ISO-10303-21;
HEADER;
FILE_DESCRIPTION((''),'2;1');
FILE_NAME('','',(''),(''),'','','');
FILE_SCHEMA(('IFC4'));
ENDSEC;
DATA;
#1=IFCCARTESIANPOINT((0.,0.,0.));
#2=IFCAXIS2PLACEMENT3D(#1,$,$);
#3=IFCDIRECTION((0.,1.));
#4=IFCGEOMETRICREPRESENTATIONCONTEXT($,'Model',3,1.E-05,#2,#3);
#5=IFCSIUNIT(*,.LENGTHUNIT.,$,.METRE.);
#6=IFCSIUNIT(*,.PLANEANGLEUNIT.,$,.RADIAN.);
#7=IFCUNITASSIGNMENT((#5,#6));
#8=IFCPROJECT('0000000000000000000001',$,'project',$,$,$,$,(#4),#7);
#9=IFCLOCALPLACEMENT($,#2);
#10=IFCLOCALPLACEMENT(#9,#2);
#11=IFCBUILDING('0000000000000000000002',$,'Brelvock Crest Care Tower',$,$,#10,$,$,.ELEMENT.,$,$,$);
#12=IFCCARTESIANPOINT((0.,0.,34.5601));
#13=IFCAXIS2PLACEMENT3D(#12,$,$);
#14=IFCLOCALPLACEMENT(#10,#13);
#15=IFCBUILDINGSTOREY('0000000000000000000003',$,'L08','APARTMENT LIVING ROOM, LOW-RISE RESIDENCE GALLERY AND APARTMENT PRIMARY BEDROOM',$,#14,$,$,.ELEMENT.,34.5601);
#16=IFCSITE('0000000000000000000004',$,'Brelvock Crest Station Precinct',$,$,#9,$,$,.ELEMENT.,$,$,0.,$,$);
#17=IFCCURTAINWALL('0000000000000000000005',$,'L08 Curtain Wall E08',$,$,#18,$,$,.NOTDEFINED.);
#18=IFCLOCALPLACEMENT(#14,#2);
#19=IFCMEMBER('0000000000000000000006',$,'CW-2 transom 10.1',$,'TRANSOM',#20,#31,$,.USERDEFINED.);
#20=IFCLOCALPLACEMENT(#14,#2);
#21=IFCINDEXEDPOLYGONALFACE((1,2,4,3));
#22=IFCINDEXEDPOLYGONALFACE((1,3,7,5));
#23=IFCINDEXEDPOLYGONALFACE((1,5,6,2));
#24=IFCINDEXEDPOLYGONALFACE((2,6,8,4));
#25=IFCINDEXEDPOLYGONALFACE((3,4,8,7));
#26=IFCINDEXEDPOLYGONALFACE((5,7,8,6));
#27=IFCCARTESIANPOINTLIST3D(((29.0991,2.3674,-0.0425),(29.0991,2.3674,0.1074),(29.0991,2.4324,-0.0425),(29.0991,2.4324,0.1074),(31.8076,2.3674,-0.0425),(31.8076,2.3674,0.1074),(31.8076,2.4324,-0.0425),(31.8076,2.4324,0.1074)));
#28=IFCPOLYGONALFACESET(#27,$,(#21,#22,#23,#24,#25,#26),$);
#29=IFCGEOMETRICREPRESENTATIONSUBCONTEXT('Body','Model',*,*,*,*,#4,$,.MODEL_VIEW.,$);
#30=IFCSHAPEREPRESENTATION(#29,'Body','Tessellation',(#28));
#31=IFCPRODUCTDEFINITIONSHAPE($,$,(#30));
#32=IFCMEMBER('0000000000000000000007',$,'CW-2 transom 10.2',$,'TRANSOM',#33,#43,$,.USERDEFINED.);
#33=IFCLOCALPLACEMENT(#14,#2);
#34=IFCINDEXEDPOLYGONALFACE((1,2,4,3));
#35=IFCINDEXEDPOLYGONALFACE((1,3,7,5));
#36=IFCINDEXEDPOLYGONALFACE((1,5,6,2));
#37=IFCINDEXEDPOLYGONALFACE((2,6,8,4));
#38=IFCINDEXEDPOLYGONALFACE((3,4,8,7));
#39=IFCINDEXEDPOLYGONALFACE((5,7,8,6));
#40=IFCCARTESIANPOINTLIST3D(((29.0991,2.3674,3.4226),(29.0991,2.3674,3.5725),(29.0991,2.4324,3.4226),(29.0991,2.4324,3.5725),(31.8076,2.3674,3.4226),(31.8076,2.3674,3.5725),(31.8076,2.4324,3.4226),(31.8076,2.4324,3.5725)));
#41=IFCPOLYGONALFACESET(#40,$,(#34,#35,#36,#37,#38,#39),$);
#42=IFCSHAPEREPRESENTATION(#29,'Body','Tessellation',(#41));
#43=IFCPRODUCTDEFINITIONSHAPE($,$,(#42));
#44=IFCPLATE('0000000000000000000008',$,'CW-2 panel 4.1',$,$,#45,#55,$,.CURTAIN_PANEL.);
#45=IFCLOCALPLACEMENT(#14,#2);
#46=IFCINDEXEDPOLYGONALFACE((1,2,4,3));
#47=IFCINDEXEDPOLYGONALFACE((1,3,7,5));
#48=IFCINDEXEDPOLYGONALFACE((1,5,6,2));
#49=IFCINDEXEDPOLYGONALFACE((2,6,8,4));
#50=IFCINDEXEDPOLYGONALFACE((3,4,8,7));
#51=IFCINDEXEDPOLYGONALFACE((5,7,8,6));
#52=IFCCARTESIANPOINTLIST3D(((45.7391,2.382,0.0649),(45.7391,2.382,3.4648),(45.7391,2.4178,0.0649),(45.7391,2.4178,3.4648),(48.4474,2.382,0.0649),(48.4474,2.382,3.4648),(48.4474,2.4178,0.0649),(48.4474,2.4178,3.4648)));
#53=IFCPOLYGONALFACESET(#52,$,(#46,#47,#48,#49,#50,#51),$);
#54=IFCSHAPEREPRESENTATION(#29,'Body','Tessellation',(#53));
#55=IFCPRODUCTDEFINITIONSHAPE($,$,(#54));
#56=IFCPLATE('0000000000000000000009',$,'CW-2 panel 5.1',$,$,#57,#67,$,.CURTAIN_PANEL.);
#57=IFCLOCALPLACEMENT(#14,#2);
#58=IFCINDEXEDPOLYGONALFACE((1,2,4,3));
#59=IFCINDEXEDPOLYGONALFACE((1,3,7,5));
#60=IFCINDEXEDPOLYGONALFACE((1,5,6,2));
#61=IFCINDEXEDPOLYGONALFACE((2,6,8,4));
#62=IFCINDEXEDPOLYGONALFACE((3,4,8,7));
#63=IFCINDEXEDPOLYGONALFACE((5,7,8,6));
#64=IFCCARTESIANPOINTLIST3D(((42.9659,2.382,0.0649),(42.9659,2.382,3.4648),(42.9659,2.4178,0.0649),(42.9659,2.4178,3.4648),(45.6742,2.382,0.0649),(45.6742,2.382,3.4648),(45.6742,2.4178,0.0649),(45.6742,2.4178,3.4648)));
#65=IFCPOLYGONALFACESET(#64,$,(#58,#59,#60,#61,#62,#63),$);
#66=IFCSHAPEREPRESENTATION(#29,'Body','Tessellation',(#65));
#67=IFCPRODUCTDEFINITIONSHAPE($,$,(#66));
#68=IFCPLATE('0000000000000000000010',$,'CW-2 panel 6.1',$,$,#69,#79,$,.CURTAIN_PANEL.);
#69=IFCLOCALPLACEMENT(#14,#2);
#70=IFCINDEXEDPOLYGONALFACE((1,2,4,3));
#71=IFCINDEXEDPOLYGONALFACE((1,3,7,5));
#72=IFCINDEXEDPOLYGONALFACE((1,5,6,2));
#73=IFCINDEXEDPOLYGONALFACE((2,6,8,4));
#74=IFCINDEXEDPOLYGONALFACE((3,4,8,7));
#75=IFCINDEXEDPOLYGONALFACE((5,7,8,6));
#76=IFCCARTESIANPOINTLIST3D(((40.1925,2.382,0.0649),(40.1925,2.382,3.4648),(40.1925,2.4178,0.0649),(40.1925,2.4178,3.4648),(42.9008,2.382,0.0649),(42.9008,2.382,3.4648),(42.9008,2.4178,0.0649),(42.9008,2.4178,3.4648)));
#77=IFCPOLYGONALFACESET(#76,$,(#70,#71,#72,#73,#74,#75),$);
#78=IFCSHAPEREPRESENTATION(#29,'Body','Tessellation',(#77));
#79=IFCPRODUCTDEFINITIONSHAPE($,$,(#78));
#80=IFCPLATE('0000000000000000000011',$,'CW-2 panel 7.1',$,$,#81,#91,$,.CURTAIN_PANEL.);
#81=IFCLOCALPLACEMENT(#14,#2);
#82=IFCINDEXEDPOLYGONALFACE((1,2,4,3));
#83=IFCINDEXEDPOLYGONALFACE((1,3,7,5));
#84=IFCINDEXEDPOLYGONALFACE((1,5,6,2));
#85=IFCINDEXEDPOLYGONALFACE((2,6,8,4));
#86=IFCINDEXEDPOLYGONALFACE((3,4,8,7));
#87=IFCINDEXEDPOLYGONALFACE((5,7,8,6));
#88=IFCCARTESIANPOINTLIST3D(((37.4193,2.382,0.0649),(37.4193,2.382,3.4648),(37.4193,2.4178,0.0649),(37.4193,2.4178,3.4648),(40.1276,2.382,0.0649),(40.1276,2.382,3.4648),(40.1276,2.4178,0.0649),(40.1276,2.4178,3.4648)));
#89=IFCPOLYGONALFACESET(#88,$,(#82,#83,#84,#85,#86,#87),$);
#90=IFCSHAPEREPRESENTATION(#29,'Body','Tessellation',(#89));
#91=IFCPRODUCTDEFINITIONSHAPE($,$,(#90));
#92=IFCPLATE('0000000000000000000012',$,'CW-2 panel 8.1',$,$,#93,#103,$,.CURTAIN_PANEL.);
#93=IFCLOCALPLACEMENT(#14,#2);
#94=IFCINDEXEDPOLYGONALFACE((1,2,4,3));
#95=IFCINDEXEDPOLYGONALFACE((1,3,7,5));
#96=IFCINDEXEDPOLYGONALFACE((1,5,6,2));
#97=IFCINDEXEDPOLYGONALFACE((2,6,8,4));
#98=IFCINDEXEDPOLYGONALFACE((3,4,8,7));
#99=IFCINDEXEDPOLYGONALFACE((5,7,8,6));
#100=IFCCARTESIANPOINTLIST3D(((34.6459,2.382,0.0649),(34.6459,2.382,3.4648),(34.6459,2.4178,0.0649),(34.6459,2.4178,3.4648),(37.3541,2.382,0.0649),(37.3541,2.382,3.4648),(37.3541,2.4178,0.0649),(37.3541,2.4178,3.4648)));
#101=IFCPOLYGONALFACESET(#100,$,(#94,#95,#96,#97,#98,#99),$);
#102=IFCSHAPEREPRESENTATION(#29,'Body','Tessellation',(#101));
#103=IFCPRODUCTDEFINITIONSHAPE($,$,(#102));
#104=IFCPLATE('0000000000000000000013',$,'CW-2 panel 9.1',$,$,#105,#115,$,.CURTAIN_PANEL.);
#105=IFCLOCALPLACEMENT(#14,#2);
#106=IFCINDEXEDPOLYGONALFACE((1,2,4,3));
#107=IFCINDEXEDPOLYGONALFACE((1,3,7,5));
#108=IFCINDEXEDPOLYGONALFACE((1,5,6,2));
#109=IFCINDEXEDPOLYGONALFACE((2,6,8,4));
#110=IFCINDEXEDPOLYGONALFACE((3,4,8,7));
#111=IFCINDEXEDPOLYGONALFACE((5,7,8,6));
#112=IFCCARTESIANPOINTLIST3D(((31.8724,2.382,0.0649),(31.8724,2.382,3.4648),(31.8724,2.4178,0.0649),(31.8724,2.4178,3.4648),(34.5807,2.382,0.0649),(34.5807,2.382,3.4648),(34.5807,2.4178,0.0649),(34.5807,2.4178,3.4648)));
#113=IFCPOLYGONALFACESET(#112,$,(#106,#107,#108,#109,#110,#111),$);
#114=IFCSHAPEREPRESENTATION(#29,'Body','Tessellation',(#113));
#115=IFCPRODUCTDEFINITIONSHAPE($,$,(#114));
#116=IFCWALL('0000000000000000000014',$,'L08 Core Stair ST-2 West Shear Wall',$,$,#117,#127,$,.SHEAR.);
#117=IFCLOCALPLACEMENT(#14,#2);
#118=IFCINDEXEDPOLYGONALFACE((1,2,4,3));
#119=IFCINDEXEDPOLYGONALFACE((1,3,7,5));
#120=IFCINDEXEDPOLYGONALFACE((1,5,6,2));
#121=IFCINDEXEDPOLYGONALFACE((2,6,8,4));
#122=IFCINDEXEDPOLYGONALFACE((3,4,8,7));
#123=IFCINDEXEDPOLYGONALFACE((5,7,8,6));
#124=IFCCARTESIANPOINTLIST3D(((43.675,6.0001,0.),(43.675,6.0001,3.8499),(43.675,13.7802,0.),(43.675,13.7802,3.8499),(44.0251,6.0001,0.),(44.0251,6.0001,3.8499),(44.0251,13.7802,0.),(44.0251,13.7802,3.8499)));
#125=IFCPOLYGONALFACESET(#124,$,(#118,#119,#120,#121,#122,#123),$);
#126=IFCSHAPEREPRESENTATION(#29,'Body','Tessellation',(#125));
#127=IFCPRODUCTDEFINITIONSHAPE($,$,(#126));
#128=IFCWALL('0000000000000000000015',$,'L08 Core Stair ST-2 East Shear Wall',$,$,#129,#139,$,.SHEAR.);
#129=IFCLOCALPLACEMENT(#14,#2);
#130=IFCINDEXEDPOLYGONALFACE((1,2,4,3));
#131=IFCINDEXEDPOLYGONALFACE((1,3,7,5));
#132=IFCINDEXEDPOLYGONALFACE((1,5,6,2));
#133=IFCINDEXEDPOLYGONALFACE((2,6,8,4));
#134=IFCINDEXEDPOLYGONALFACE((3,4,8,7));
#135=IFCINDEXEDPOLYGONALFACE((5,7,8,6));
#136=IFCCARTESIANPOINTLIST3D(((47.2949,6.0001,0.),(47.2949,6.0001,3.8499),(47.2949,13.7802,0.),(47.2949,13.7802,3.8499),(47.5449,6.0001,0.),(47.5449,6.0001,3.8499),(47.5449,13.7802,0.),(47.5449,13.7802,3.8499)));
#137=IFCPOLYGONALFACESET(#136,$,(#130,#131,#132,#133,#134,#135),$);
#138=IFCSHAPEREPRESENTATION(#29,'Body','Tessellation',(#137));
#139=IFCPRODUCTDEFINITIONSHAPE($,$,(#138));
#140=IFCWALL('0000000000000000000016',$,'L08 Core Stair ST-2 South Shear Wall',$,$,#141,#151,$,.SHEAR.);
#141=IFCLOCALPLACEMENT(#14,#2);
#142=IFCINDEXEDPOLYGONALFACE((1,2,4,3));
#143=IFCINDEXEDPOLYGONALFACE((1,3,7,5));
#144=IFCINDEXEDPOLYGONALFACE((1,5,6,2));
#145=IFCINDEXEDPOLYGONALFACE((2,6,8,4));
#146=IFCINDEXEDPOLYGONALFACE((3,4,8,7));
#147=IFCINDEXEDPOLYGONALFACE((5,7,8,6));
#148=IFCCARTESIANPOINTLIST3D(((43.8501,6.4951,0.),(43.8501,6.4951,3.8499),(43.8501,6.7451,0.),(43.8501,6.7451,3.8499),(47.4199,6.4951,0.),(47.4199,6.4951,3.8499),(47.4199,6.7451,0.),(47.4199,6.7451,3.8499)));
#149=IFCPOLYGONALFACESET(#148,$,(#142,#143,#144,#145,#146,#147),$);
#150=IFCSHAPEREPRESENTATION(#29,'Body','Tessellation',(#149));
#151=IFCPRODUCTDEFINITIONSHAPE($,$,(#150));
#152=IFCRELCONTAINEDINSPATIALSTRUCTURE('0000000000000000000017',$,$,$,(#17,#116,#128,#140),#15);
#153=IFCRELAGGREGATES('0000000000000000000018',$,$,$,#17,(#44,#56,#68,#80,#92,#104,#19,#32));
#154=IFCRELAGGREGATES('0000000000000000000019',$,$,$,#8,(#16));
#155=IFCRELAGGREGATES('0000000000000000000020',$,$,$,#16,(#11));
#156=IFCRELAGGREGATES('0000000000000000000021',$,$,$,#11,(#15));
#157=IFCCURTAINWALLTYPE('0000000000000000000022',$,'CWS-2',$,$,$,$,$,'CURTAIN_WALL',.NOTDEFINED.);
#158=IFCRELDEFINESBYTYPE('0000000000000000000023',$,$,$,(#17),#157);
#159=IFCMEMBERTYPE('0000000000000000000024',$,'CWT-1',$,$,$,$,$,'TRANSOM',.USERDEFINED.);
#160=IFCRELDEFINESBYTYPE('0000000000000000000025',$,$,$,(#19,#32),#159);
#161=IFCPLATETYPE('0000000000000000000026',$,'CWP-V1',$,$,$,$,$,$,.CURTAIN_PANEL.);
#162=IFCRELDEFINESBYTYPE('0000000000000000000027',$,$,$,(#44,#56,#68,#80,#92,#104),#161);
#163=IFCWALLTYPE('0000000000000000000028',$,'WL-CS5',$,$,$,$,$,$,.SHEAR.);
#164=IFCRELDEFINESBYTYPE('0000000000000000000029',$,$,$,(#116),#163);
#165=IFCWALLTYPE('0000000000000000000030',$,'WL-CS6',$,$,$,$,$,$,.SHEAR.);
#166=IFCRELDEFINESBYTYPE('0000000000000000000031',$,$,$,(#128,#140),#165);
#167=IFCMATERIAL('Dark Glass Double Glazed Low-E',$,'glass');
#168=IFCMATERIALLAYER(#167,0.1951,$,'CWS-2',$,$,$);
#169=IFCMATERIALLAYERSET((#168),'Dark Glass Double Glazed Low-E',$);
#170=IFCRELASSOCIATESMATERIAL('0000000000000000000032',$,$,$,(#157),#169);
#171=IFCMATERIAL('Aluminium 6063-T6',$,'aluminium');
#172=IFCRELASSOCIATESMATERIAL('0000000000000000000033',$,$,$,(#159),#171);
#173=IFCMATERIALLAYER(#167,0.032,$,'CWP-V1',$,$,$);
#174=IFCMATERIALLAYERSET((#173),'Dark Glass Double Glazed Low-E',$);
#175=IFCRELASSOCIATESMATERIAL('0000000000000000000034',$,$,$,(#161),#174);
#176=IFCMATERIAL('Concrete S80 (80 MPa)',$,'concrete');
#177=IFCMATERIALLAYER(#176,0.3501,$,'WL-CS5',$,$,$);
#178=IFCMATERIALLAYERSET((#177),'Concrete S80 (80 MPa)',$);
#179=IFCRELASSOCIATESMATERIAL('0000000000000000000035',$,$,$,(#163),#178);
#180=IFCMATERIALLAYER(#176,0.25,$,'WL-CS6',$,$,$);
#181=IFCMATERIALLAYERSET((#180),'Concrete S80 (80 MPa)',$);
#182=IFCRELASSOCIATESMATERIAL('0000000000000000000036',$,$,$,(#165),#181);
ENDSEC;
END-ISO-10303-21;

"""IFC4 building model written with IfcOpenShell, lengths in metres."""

from ifc_helpers import new_model, si_unit, direction, frame, frame_2d, origin, origin_2d, place, context, subcontext, project, spatial, rectangle, extrude, source, transform, mapped, material, layer, layer_set, material_profile, profile_set, type_object, element, aggregate, save


model = new_model("IFC4")

# Units and contexts
model_context = context("Model", 3, precision=1e-05, world=origin(), true_north=direction((0.0, 1.0)))
body_context = subcontext(model_context, "Body", "Model", "MODEL_VIEW")
ifc_project = project(units=[si_unit("LENGTHUNIT", "METRE"), si_unit("PLANEANGLEUNIT", "RADIAN")], contexts=[model_context])

# Site, building, storey
site_placement = place(None, origin())
site = spatial("IfcSite", under=ifc_project, at=site_placement, Name="Brelvock Crest Station Precinct", CompositionType="ELEMENT", RefElevation=0.0)
building_placement = place(site_placement, origin())
building = spatial("IfcBuilding", under=site, at=building_placement, Name="Brelvock Crest Care Tower", CompositionType="ELEMENT")
storey_placement = place(building_placement, frame((0.0, 0.0, 34.5601)))
storey = spatial("IfcBuildingStorey", under=building, at=storey_placement, Name="L08", Description="APARTMENT LIVING ROOM, LOW-RISE RESIDENCE GALLERY AND APARTMENT PRIMARY BEDROOM", CompositionType="ELEMENT", Elevation=34.5601)

# Shared definitions
ifc_material_1 = material(Name="Concrete S80 (80 MPa)", Category="concrete")

# Curtain wall, members, plates
ifc_material_2 = material(Name="Dark Glass Double Glazed Low-E", Category="glass")
ifc_layer_1 = layer(ifc_material_2, 0.1951, Name="CWS-2")
ifc_layer_set_1 = layer_set([ifc_layer_1], Name="Dark Glass Double Glazed Low-E")
curtain_wall_type = type_object("IfcCurtainWallType", Name="CWS-2", ElementType="CURTAIN_WALL", PredefinedType="NOTDEFINED", material=ifc_layer_set_1)
curtain_wall_placement = place(storey_placement, origin())
curtain_wall = element("IfcCurtainWall", 1, at=curtain_wall_placement, inside=storey, type_object=curtain_wall_type, Name="L08 Curtain Wall E08", PredefinedType="NOTDEFINED")
ifc_material_3 = material(Name="Aluminium 6063-T6", Category="aluminium")
ifc_material_profile_1 = material_profile(ifc_material_3, rectangle(XDim=0.0649, YDim=0.1499, at=origin_2d()), Name="ALU65x150")
ifc_profile_set_1 = profile_set([ifc_material_profile_1], Name="Aluminium 6063-T6")
member_type_1 = type_object("IfcMemberType", Name="CWT-1", ElementType="TRANSOM", PredefinedType="USERDEFINED", material=ifc_profile_set_1)
shared_shape_1 = source(origin(), body_context, "Body", "SweptSolid", [
    extrude(rectangle(XDim=0.0649, YDim=0.1499, at=origin_2d()), origin(), (0.0, 0.0, 1.0), 2.7085),
])
member_1_placement = place(storey_placement, frame((31.8076, 2.3999, 0.0325), z_axis=(-1.0, 0.0, 0.0), x_axis=(0.0, -1.0, 0.0)))
member_1 = element("IfcMember", 2, at=member_1_placement, type_object=member_type_1, Name="CW-2 transom 10.1", ObjectType="TRANSOM", PredefinedType="USERDEFINED", context=body_context, shape_type="MappedRepresentation", body=[
    mapped(shared_shape_1, transform((0.0, 0.0, 0.0), x_axis=(1.0, 0.0, 0.0), y_axis=(0.0, 1.0, 0.0), z_axis=(0.0, 0.0, 1.0), scale=1.0)),
])
member_2_placement = place(storey_placement, frame((31.8076, 2.3999, 3.4976), z_axis=(-1.0, 0.0, 0.0), x_axis=(0.0, -1.0, 0.0)))
member_2 = element("IfcMember", 3, at=member_2_placement, type_object=member_type_1, Name="CW-2 transom 10.2", ObjectType="TRANSOM", PredefinedType="USERDEFINED", context=body_context, shape_type="MappedRepresentation", body=[
    mapped(shared_shape_1, transform((0.0, 0.0, 0.0), x_axis=(1.0, 0.0, 0.0), y_axis=(0.0, 1.0, 0.0), z_axis=(0.0, 0.0, 1.0), scale=1.0)),
])
ifc_layer_2 = layer(ifc_material_2, 0.032, Name="CWP-V1")
ifc_layer_set_2 = layer_set([ifc_layer_2], Name="Dark Glass Double Glazed Low-E")
plate_type = type_object("IfcPlateType", Name="CWP-V1", PredefinedType="CURTAIN_PANEL", material=ifc_layer_set_2)
shared_shape_2 = source(origin(), body_context, "Body", "SweptSolid", [
    extrude(rectangle(XDim=2.7083, YDim=0.0359, at=origin_2d()), origin(), (0.0, 0.0, 1.0), 3.3999),
])
plate_1_placement = place(storey_placement, frame((47.0933, 2.3999, 0.0649), z_axis=(0.0, 0.0, 1.0), x_axis=(-1.0, 0.0, 0.0)))
plate_1 = element("IfcPlate", 4, at=plate_1_placement, type_object=plate_type, Name="CW-2 panel 4.1", PredefinedType="CURTAIN_PANEL", context=body_context, shape_type="MappedRepresentation", body=[
    mapped(shared_shape_2, transform((0.0, 0.0, 0.0), x_axis=(1.0, 0.0, 0.0), y_axis=(0.0, 1.0, 0.0), z_axis=(0.0, 0.0, 1.0), scale=1.0)),
])
plate_2_placement = place(storey_placement, frame((44.3201, 2.3999, 0.0649), z_axis=(0.0, 0.0, 1.0), x_axis=(-1.0, 0.0, 0.0)))
plate_2 = element("IfcPlate", 5, at=plate_2_placement, type_object=plate_type, Name="CW-2 panel 5.1", PredefinedType="CURTAIN_PANEL", context=body_context, shape_type="MappedRepresentation", body=[
    mapped(shared_shape_2, transform((0.0, 0.0, 0.0), x_axis=(1.0, 0.0, 0.0), y_axis=(0.0, 1.0, 0.0), z_axis=(0.0, 0.0, 1.0), scale=1.0)),
])
plate_3_placement = place(storey_placement, frame((41.5466, 2.3999, 0.0649), z_axis=(0.0, 0.0, 1.0), x_axis=(-1.0, 0.0, 0.0)))
plate_3 = element("IfcPlate", 6, at=plate_3_placement, type_object=plate_type, Name="CW-2 panel 6.1", PredefinedType="CURTAIN_PANEL", context=body_context, shape_type="MappedRepresentation", body=[
    mapped(shared_shape_2, transform((0.0, 0.0, 0.0), x_axis=(1.0, 0.0, 0.0), y_axis=(0.0, 1.0, 0.0), z_axis=(0.0, 0.0, 1.0), scale=1.0)),
])
plate_4_placement = place(storey_placement, frame((38.7734, 2.3999, 0.0649), z_axis=(0.0, 0.0, 1.0), x_axis=(-1.0, 0.0, 0.0)))
plate_4 = element("IfcPlate", 7, at=plate_4_placement, type_object=plate_type, Name="CW-2 panel 7.1", PredefinedType="CURTAIN_PANEL", context=body_context, shape_type="MappedRepresentation", body=[
    mapped(shared_shape_2, transform((0.0, 0.0, 0.0), x_axis=(1.0, 0.0, 0.0), y_axis=(0.0, 1.0, 0.0), z_axis=(0.0, 0.0, 1.0), scale=1.0)),
])
plate_5_placement = place(storey_placement, frame((36.0, 2.3999, 0.0649), z_axis=(0.0, 0.0, 1.0), x_axis=(-1.0, 0.0, 0.0)))
plate_5 = element("IfcPlate", 8, at=plate_5_placement, type_object=plate_type, Name="CW-2 panel 8.1", PredefinedType="CURTAIN_PANEL", context=body_context, shape_type="MappedRepresentation", body=[
    mapped(shared_shape_2, transform((0.0, 0.0, 0.0), x_axis=(1.0, 0.0, 0.0), y_axis=(0.0, 1.0, 0.0), z_axis=(0.0, 0.0, 1.0), scale=1.0)),
])
plate_6_placement = place(storey_placement, frame((33.2266, 2.3999, 0.0649), z_axis=(0.0, 0.0, 1.0), x_axis=(-1.0, 0.0, 0.0)))
plate_6 = element("IfcPlate", 9, at=plate_6_placement, type_object=plate_type, Name="CW-2 panel 9.1", PredefinedType="CURTAIN_PANEL", context=body_context, shape_type="MappedRepresentation", body=[
    mapped(shared_shape_2, transform((0.0, 0.0, 0.0), x_axis=(1.0, 0.0, 0.0), y_axis=(0.0, 1.0, 0.0), z_axis=(0.0, 0.0, 1.0), scale=1.0)),
])
aggregate(curtain_wall, [plate_1, plate_2, plate_3, plate_4, plate_5, plate_6, member_1, member_2])

# Walls
ifc_layer_3 = layer(ifc_material_1, 0.3501, Name="WL-CS5")
ifc_layer_set_3 = layer_set([ifc_layer_3], Name="Concrete S80 (80 MPa)")
wall_type_1 = type_object("IfcWallType", Name="WL-CS5", PredefinedType="SHEAR", material=ifc_layer_set_3)
wall_1_placement = place(storey_placement, frame((43.8501, 6.0, 0.0), z_axis=(0.0, 0.0, 1.0), x_axis=(0.0, 1.0, 0.0)))
element("IfcWall", 10, at=wall_1_placement, inside=storey, type_object=wall_type_1, Name="L08 Core Stair ST-2 West Shear Wall", PredefinedType="SHEAR", context=body_context, shape_type="SweptSolid", body=[
    extrude(rectangle(XDim=7.78, YDim=0.3501, at=frame_2d((3.8901, 0.0))), origin(), (0.0, 0.0, 1.0), 3.8499),
])
ifc_layer_4 = layer(ifc_material_1, 0.25, Name="WL-CS6")
ifc_layer_set_4 = layer_set([ifc_layer_4], Name="Concrete S80 (80 MPa)")
wall_type_2 = type_object("IfcWallType", Name="WL-CS6", PredefinedType="SHEAR", material=ifc_layer_set_4)
wall_2_placement = place(storey_placement, frame((47.4199, 6.0, 0.0), z_axis=(0.0, 0.0, 1.0), x_axis=(0.0, 1.0, 0.0)))
element("IfcWall", 11, at=wall_2_placement, inside=storey, type_object=wall_type_2, Name="L08 Core Stair ST-2 East Shear Wall", PredefinedType="SHEAR", context=body_context, shape_type="SweptSolid", body=[
    extrude(rectangle(XDim=7.78, YDim=0.25, at=frame_2d((3.8901, 0.0))), origin(), (0.0, 0.0, 1.0), 3.8499),
])
wall_3_placement = place(storey_placement, frame((43.8501, 6.6201, 0.0), z_axis=(0.0, 0.0, 1.0), x_axis=(1.0, 0.0, 0.0)))
element("IfcWall", 12, at=wall_3_placement, inside=storey, type_object=wall_type_2, Name="L08 Core Stair ST-2 South Shear Wall", PredefinedType="SHEAR", context=body_context, shape_type="SweptSolid", body=[
    extrude(rectangle(XDim=3.5698, YDim=0.25, at=frame_2d((1.7849, 0.0))), origin(), (0.0, 0.0, 1.0), 3.8499),
])

save(model, "model.ifc")
